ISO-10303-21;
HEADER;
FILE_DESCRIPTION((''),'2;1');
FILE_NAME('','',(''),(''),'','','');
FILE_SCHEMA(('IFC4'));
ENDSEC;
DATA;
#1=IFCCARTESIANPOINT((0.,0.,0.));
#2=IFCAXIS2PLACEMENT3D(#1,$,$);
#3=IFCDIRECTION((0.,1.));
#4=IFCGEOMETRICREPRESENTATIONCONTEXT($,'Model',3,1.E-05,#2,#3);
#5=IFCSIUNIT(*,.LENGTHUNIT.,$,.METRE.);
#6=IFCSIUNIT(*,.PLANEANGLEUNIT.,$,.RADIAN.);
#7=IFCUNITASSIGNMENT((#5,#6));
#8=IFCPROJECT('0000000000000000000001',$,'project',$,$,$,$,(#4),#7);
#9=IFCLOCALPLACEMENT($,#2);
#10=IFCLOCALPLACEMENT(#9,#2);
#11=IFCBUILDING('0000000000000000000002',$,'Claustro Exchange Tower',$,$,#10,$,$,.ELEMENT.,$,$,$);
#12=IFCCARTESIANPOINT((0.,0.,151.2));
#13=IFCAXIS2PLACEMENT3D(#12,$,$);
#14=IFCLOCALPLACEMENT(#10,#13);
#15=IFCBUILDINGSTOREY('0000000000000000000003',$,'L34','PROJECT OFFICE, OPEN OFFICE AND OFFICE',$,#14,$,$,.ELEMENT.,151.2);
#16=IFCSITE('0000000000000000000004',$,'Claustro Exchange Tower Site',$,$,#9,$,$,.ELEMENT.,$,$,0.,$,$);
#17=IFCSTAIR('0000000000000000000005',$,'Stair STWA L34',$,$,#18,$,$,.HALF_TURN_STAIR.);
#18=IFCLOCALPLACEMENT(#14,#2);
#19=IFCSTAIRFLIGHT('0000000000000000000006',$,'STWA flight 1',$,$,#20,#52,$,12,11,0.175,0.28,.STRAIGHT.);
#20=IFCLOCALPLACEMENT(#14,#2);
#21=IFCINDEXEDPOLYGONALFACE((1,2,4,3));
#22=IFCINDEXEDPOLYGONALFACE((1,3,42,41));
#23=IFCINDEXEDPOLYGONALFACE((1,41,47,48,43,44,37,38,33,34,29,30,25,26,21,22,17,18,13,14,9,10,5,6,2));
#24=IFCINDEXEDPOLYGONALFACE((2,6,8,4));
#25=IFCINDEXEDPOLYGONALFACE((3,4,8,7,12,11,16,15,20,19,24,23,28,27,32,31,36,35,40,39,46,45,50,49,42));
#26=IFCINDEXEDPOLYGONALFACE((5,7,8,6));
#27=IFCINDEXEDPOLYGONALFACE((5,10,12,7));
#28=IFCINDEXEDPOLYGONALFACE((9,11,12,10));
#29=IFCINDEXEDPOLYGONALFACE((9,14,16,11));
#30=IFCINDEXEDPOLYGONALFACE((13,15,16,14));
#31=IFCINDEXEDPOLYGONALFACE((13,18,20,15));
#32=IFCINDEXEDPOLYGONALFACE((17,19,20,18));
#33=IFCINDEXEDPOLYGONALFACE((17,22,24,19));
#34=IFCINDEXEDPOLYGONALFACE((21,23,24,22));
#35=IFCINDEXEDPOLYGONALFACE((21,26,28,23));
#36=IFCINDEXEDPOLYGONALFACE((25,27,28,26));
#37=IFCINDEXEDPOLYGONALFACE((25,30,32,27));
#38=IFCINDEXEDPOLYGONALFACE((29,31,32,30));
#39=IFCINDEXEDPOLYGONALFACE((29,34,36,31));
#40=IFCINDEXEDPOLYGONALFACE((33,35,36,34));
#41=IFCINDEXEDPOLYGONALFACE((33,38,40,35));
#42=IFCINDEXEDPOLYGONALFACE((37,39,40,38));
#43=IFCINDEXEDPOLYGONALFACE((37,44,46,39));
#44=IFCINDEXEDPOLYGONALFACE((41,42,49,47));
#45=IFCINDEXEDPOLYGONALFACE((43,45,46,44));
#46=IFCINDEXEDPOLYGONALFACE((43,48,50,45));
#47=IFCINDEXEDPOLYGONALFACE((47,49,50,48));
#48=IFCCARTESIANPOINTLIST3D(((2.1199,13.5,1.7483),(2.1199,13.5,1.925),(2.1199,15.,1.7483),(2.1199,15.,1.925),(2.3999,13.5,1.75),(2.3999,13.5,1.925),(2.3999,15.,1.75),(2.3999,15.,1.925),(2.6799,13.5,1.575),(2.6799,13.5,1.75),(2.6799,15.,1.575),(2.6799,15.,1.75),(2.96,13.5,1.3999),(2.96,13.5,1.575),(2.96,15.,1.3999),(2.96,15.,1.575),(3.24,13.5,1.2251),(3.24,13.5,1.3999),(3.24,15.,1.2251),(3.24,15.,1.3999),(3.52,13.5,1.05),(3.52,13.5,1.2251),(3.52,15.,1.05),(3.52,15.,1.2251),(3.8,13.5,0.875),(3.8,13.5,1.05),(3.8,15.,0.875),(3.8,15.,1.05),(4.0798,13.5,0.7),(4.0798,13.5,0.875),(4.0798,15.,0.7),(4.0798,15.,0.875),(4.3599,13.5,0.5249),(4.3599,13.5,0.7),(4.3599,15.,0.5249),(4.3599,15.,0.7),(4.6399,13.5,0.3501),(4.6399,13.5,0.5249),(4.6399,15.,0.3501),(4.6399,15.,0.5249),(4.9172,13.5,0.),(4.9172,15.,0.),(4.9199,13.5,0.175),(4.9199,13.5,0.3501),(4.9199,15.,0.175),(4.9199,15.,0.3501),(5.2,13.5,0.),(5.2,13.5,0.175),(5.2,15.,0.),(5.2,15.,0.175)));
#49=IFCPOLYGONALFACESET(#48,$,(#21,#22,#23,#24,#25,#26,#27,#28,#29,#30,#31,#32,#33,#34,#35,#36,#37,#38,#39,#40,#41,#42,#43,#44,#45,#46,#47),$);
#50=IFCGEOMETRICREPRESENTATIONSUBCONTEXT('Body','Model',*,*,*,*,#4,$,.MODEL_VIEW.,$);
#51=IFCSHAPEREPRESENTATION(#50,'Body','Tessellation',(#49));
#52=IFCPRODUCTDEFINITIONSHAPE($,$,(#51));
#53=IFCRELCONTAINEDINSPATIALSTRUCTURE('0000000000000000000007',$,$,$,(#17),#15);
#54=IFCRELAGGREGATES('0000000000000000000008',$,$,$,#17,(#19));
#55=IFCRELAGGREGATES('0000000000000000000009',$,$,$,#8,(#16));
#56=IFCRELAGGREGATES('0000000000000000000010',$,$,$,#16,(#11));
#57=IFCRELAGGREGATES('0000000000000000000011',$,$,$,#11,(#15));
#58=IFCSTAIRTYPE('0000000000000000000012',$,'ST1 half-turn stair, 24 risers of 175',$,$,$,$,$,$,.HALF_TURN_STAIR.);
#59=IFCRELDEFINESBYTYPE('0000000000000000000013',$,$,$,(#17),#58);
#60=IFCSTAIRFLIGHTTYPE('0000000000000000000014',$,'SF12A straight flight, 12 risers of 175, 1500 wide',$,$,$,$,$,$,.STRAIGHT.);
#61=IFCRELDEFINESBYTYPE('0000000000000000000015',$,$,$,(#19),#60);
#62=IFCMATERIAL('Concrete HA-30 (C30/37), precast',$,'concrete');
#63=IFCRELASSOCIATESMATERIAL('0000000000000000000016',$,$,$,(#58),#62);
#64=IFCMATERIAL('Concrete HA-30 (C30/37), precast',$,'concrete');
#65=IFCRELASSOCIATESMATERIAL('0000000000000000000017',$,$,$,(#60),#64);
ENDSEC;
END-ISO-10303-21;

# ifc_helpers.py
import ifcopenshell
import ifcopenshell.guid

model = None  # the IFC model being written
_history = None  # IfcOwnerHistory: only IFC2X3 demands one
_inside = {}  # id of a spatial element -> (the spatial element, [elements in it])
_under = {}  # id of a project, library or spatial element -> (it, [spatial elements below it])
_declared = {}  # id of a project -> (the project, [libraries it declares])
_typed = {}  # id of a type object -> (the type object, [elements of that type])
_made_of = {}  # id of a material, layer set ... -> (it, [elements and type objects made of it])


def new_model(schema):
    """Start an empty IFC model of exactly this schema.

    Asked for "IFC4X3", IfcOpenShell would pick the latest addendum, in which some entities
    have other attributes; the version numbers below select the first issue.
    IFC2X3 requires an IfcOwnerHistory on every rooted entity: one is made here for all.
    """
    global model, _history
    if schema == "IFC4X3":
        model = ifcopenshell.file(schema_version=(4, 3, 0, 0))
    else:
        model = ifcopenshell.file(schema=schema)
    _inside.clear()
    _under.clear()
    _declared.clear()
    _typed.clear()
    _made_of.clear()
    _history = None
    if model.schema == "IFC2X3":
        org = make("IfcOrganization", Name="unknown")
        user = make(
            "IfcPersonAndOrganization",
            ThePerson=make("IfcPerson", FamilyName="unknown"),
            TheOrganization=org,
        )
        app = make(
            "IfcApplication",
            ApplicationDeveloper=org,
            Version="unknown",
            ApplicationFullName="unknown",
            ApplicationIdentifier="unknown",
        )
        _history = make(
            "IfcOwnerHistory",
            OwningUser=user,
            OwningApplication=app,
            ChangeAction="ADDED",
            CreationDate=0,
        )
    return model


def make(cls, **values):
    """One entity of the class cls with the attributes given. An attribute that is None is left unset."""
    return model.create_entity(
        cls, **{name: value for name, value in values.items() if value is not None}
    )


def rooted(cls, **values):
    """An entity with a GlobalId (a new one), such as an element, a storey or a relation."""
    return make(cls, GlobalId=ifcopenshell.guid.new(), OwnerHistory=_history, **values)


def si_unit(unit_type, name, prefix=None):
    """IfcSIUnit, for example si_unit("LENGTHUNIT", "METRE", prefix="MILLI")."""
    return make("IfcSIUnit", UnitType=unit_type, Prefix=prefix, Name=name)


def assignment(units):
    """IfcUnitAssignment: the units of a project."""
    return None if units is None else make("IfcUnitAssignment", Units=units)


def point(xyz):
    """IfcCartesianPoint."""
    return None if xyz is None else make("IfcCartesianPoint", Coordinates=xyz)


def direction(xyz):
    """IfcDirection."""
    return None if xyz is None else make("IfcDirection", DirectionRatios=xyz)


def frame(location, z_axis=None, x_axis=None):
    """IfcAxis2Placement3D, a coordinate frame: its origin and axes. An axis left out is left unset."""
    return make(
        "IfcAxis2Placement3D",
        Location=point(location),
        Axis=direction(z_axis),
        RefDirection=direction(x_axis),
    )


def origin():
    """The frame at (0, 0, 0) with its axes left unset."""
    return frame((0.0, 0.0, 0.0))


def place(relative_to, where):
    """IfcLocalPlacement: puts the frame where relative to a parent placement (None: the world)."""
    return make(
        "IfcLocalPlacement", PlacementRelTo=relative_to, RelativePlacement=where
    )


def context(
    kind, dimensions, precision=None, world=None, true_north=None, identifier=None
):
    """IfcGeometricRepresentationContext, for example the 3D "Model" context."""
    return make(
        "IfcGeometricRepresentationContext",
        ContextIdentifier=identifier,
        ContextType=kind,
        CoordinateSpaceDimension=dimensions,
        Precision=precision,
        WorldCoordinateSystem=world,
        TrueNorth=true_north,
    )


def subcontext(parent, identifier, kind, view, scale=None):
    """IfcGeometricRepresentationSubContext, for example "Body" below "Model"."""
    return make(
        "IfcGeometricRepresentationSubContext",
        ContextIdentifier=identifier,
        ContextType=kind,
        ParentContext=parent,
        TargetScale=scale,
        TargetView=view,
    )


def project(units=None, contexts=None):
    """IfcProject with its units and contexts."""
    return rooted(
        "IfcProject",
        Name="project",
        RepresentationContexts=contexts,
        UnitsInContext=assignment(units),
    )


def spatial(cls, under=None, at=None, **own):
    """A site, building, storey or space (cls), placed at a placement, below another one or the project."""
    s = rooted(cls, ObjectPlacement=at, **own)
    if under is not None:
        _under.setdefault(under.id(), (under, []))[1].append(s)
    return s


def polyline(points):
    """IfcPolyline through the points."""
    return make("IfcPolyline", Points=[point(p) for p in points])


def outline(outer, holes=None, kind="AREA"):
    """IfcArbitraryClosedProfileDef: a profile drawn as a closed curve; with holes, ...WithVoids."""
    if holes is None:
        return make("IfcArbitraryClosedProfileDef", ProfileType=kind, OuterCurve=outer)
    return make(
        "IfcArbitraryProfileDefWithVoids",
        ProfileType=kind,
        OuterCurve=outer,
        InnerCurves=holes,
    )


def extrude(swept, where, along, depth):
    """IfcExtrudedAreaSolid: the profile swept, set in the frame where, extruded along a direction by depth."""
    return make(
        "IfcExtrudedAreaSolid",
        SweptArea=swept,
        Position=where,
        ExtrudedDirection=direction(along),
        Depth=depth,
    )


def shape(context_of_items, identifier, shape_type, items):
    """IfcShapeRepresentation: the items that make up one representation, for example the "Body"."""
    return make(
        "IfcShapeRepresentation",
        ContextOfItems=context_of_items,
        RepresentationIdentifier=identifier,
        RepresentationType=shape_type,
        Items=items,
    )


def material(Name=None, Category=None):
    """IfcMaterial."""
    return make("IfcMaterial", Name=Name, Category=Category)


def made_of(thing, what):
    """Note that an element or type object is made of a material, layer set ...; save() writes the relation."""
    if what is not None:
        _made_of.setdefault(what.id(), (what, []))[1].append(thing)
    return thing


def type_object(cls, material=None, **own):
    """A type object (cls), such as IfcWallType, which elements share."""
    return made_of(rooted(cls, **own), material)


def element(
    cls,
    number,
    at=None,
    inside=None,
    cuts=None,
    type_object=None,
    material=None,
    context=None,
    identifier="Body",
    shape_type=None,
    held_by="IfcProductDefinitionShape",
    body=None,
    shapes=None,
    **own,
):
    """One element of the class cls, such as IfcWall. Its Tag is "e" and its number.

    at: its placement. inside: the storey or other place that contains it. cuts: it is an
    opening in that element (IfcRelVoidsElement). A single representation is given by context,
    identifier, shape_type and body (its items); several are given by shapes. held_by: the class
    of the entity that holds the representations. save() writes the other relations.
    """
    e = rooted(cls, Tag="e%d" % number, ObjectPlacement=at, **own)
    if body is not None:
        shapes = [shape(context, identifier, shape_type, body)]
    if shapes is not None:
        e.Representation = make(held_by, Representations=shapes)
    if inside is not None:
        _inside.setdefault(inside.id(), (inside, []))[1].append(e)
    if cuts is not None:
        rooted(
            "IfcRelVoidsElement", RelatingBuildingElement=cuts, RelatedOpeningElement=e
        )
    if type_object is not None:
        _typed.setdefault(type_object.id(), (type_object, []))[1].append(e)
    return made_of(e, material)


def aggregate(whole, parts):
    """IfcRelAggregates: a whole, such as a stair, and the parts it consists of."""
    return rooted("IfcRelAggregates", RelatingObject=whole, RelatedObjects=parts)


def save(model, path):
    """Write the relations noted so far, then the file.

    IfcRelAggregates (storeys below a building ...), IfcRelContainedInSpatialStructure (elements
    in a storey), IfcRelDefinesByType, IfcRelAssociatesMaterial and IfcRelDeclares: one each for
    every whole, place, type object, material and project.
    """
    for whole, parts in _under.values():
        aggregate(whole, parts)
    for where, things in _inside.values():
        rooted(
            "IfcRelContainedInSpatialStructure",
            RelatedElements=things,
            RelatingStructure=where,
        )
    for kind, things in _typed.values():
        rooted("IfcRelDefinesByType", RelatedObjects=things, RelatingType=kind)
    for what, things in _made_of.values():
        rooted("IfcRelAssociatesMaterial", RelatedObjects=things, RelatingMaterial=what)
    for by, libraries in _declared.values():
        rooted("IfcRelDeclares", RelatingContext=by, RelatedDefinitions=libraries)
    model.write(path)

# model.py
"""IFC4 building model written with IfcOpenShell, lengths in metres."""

from ifc_helpers import new_model, si_unit, direction, frame, origin, place, context, subcontext, project, spatial, polyline, outline, extrude, material, type_object, element, aggregate, save


model = new_model("IFC4")

# Units and contexts
model_context = context("Model", 3, precision=1e-05, world=origin(), true_north=direction((0.0, 1.0)))
body_context = subcontext(model_context, "Body", "Model", "MODEL_VIEW")
ifc_project = project(units=[si_unit("LENGTHUNIT", "METRE"), si_unit("PLANEANGLEUNIT", "RADIAN")], contexts=[model_context])

# Site, building, storey
site_placement = place(None, origin())
site = spatial("IfcSite", under=ifc_project, at=site_placement, Name="Claustro Exchange Tower Site", CompositionType="ELEMENT", RefElevation=0.0)
building_placement = place(site_placement, origin())
building = spatial("IfcBuilding", under=site, at=building_placement, Name="Claustro Exchange Tower", CompositionType="ELEMENT")
storey_placement = place(building_placement, frame((0.0, 0.0, 151.2)))
storey = spatial("IfcBuildingStorey", under=building, at=storey_placement, Name="L34", Description="PROJECT OFFICE, OPEN OFFICE AND OFFICE", CompositionType="ELEMENT", Elevation=151.2)

# Stair, stair flight
ifc_material_1 = material(Name="Concrete HA-30 (C30/37), precast", Category="concrete")
stair_type = type_object("IfcStairType", Name="ST1 half-turn stair, 24 risers of 175", PredefinedType="HALF_TURN_STAIR", material=ifc_material_1)
stair_placement = place(storey_placement, origin())
stair = element("IfcStair", 1, at=stair_placement, inside=storey, type_object=stair_type, Name="Stair STWA L34", PredefinedType="HALF_TURN_STAIR")
ifc_material_2 = material(Name="Concrete HA-30 (C30/37), precast", Category="concrete")
stair_flight_type = type_object("IfcStairFlightType", Name="SF12A straight flight, 12 risers of 175, 1500 wide", PredefinedType="STRAIGHT", material=ifc_material_2)
stair_flight_placement = place(storey_placement, frame((5.2, 14.25, 0.0), z_axis=(0.0, 0.0, 1.0), x_axis=(-1.0, 0.0, 0.0)))
stair_flight = element("IfcStairFlight", 2, at=stair_flight_placement, type_object=stair_flight_type, Name="STWA flight 1", NumberOfRisers=12, NumberOfTreads=11, PredefinedType="STRAIGHT", RiserHeight=0.175, TreadLength=0.28, context=body_context, shape_type="SweptSolid", body=[
    extrude(outline(polyline([(0.0, 0.0), (0.0, 0.175), (0.28, 0.175), (0.28, 0.3501), (0.5601, 0.3501), (0.5601, 0.5249), (0.8401, 0.5249), (0.8401, 0.7), (1.1201, 0.7), (1.1201, 0.875), (1.3999, 0.875), (1.3999, 1.05), (1.6799, 1.05), (1.6799, 1.2251), (1.96, 1.2251), (1.96, 1.3999), (2.24, 1.3999), (2.24, 1.575), (2.52, 1.575), (2.52, 1.75), (2.8, 1.75), (2.8, 1.925), (3.0801, 1.925), (3.0801, 2.1001), (3.0801, 1.7483), (0.2827, 0.0), (0.0, 0.0)])), frame((0.0, 0.75, 0.0), z_axis=(0.0, -1.0, 0.0), x_axis=(1.0, 0.0, 0.0)), (0.0, 0.0, 1.0), 1.5),
])
aggregate(stair, [stair_flight])

save(model, "model.ifc")
